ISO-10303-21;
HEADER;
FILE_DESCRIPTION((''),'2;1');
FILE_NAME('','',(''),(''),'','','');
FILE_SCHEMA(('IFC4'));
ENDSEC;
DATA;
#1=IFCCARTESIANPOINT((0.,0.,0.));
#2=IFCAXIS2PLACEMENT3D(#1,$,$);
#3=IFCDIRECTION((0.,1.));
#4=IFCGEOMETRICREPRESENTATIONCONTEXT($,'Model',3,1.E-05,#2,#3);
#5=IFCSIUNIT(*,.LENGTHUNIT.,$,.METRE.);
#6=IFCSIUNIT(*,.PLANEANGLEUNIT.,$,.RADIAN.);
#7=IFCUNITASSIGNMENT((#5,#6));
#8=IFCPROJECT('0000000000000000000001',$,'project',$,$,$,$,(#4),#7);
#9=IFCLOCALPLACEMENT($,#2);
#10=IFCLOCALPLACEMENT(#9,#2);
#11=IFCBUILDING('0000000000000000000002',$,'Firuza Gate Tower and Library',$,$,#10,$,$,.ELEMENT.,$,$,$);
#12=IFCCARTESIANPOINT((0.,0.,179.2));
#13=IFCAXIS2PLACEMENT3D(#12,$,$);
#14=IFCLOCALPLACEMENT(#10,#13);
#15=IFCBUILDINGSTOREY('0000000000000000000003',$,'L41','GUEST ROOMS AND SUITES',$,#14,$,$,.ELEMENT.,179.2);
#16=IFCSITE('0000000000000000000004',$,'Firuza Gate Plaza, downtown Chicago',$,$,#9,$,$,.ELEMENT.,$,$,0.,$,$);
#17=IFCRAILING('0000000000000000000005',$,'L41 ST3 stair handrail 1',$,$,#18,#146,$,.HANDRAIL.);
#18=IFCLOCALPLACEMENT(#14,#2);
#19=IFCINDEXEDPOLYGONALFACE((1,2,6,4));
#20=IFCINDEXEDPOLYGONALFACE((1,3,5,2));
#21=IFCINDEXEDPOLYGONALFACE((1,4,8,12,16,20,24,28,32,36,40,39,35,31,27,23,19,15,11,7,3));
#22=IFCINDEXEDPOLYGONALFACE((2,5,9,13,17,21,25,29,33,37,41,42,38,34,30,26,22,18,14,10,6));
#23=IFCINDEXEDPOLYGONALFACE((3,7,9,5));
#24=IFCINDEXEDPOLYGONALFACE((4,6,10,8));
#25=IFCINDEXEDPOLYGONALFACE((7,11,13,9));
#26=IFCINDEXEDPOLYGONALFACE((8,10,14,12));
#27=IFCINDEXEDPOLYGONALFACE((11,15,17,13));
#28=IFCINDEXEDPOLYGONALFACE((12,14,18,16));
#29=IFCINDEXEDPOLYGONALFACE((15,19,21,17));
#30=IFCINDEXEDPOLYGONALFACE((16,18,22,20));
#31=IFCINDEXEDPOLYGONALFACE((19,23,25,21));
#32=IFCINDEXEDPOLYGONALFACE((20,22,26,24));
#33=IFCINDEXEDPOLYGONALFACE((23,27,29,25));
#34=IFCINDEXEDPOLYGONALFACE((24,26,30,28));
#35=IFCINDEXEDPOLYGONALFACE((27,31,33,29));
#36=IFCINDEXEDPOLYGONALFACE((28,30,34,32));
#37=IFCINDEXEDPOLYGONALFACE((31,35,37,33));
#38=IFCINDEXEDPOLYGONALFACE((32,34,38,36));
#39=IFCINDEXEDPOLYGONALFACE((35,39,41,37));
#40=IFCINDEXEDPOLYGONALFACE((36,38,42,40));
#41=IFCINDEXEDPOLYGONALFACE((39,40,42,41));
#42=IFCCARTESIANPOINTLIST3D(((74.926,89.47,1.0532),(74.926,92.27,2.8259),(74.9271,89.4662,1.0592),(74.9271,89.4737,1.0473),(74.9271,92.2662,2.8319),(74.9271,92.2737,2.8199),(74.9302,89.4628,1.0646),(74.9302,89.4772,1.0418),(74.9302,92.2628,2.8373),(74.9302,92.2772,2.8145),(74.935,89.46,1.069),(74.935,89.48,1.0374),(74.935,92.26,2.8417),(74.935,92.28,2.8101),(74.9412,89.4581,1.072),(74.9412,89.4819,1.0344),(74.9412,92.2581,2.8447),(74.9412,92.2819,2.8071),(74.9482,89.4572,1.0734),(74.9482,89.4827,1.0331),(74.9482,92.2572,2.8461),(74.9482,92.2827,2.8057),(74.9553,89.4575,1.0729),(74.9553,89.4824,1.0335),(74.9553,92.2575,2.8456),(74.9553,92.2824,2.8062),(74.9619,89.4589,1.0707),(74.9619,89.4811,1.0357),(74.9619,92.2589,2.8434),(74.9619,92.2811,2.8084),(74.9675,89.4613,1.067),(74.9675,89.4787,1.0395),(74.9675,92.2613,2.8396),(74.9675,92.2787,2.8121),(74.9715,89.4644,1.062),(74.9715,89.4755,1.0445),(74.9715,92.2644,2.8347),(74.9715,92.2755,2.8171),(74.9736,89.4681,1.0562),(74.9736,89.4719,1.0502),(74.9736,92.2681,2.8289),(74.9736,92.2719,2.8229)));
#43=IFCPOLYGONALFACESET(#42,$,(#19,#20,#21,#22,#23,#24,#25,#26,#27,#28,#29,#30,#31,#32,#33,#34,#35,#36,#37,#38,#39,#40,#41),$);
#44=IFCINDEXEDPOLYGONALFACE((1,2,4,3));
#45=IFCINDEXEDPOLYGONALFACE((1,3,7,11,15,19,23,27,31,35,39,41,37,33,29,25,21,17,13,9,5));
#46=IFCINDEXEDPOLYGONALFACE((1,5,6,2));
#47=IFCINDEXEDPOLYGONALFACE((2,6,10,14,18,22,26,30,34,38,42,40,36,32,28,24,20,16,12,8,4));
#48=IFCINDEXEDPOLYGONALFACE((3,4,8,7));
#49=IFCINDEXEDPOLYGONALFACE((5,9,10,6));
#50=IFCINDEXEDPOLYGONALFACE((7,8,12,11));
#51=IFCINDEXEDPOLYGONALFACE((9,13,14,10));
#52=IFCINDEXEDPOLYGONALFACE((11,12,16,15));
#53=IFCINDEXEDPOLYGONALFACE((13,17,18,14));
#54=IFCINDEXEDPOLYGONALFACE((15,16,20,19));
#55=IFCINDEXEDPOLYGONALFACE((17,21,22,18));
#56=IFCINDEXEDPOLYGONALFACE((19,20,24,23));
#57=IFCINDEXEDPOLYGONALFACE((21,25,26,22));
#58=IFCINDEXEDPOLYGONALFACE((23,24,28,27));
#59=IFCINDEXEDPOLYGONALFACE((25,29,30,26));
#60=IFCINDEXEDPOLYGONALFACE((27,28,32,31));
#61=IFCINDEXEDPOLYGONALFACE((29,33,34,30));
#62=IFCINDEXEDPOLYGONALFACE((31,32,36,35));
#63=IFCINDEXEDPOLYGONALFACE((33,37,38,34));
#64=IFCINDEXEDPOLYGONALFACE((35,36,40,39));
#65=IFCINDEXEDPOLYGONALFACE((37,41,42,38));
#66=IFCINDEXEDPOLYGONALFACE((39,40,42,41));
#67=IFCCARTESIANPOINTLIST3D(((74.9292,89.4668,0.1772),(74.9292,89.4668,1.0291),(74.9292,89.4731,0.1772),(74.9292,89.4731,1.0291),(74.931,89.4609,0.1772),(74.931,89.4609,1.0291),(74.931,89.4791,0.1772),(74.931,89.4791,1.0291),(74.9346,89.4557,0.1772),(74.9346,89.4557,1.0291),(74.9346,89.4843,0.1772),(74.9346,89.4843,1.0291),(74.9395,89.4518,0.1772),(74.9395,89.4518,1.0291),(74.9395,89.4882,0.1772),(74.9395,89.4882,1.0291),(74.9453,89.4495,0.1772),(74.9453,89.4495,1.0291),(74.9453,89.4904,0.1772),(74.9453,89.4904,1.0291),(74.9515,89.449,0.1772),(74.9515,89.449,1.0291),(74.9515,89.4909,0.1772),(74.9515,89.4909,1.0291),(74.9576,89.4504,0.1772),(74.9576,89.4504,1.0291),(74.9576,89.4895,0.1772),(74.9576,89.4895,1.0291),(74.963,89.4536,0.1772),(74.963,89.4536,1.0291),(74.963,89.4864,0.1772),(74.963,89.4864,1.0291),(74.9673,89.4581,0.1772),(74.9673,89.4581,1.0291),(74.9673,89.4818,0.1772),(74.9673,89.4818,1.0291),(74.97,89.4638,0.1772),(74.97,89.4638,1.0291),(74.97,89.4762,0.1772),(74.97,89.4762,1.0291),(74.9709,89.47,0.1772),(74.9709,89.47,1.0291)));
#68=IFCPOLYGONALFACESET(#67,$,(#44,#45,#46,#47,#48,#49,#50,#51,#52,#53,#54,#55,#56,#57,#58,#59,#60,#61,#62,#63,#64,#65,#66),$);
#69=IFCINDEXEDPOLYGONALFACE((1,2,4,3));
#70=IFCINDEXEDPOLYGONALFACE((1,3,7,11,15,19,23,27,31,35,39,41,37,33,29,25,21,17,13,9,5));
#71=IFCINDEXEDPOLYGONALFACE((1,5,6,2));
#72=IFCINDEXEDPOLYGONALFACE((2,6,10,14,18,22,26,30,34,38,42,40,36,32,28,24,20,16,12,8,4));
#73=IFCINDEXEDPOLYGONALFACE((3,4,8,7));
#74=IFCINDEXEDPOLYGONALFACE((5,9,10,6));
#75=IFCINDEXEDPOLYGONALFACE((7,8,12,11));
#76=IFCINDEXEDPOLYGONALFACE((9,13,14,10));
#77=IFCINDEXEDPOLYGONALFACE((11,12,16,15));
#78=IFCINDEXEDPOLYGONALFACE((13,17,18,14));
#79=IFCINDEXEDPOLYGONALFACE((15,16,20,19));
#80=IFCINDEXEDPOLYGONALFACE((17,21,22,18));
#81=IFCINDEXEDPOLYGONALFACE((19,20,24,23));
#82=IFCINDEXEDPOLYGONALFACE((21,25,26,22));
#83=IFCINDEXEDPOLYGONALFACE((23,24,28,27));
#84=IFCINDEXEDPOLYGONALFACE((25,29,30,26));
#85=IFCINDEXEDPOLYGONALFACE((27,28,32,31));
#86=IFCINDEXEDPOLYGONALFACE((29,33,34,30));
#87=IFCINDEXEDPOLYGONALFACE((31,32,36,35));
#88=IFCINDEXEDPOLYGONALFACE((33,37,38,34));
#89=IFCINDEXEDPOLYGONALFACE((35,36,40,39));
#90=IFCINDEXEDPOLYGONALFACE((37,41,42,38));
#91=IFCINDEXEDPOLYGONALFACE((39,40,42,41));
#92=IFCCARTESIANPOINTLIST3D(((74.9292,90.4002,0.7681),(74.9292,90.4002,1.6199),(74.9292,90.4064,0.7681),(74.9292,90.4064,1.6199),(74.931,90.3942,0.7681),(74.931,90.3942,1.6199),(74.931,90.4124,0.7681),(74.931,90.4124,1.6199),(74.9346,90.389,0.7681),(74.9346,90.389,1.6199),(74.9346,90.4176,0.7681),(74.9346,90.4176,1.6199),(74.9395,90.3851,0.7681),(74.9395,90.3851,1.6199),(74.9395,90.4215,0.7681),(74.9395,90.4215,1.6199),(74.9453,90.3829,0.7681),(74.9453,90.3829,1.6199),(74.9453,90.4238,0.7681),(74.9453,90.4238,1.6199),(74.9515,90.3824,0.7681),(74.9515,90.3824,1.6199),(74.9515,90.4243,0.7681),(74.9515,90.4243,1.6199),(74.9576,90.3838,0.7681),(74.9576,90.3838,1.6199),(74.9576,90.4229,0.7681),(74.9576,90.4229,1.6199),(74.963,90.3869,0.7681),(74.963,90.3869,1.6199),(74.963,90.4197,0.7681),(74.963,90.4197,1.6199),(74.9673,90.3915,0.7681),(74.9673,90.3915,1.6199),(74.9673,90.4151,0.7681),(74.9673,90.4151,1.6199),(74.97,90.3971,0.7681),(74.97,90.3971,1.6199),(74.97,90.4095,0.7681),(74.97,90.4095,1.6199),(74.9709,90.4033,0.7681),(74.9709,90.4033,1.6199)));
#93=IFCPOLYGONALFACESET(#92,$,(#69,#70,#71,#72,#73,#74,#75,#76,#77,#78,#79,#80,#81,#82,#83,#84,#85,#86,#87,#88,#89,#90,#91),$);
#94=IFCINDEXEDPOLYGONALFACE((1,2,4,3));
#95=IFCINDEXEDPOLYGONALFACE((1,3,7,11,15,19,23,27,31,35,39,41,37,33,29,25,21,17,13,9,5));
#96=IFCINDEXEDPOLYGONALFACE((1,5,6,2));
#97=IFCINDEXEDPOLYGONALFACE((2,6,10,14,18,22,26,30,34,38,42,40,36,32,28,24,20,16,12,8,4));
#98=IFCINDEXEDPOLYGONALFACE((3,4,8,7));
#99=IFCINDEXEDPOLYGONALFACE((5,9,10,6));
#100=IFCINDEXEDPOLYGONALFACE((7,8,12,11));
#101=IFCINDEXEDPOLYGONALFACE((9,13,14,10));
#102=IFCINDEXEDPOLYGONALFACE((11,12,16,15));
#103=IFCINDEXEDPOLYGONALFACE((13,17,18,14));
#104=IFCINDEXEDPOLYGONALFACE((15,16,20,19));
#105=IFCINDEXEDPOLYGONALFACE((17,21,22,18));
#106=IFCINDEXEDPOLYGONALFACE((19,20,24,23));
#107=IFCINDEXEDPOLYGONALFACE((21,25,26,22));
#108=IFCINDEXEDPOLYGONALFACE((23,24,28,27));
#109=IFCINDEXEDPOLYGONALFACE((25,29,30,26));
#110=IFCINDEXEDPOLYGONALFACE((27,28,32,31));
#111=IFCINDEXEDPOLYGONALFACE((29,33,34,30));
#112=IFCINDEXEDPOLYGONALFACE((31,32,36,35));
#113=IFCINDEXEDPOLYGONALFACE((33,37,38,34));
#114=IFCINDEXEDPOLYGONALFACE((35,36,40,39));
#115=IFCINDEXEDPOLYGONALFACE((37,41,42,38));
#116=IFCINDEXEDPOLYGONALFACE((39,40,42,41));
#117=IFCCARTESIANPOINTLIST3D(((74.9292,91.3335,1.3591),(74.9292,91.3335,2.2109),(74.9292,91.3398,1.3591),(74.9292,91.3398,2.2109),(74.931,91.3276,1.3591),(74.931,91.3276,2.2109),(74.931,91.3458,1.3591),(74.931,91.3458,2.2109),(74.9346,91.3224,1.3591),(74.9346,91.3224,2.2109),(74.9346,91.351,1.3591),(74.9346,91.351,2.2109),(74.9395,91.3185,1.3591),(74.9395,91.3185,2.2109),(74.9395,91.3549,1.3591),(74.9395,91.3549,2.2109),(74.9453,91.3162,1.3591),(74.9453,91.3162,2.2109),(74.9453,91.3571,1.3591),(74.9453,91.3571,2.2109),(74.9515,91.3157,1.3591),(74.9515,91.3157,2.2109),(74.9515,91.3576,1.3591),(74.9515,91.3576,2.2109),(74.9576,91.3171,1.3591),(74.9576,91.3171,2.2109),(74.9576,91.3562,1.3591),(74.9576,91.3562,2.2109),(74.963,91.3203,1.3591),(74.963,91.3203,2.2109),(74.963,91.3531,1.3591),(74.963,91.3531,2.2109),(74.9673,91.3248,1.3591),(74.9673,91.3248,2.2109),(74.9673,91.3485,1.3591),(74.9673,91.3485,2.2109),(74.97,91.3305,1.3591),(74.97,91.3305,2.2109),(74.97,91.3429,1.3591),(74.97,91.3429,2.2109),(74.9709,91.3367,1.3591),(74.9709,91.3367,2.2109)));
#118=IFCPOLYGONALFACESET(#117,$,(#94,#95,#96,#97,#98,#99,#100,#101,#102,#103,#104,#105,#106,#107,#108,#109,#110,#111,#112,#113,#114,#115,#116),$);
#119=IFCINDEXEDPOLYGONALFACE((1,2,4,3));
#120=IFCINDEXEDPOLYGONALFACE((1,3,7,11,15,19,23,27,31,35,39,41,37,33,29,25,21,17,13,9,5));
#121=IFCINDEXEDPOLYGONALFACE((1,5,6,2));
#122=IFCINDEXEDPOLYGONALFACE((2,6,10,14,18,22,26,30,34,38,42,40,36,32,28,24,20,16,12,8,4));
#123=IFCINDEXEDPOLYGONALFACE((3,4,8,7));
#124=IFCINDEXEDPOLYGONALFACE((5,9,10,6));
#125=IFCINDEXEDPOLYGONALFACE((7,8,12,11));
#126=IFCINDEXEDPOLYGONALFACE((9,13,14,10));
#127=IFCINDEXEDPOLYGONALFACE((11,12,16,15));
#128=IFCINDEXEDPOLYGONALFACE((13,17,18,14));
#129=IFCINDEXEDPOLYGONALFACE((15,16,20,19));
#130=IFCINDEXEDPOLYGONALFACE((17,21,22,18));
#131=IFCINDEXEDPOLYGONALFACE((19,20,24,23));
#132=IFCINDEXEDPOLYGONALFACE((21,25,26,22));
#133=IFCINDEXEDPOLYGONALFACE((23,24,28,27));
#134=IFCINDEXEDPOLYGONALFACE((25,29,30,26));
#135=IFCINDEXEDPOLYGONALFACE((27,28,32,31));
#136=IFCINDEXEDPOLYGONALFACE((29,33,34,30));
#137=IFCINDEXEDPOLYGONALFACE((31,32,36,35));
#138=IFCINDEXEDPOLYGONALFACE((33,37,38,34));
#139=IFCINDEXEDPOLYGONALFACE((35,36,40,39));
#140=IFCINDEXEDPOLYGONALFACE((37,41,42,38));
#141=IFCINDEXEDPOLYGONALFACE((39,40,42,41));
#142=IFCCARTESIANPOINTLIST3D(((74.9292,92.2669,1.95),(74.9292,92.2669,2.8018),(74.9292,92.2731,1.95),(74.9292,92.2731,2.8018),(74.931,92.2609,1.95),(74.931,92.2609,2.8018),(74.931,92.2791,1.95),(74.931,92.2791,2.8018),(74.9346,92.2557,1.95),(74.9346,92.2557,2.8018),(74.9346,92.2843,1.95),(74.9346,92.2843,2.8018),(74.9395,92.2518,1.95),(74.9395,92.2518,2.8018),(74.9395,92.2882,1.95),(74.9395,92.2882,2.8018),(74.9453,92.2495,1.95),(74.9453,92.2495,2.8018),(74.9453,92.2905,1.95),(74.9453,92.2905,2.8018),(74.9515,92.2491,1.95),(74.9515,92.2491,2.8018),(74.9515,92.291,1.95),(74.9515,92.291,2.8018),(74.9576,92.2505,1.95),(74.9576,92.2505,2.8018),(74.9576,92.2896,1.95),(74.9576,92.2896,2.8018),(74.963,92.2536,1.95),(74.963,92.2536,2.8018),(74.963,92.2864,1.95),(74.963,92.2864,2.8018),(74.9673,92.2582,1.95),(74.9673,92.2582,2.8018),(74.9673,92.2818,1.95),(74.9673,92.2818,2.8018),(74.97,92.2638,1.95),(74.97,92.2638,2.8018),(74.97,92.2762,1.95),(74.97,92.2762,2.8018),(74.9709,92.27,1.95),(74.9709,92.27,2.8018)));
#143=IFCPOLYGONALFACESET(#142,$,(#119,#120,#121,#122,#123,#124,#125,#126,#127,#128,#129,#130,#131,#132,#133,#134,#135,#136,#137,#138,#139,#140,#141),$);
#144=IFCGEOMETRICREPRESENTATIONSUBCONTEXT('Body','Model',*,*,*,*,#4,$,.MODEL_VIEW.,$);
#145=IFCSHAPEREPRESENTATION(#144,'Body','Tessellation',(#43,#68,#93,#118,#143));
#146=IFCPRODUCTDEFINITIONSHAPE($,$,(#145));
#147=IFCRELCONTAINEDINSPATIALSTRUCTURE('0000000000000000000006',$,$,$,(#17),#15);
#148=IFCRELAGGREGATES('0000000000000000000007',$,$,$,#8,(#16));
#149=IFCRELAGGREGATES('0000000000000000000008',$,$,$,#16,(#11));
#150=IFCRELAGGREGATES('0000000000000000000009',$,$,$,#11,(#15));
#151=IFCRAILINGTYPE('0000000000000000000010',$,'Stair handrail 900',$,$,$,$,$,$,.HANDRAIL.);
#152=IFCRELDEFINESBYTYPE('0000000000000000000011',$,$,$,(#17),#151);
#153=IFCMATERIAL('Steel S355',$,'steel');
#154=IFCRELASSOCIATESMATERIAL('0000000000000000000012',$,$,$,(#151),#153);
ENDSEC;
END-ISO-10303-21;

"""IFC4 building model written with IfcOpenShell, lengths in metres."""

from ifc_helpers import new_model, si_unit, direction, frame, origin, origin_2d, place, context, subcontext, project, spatial, circle, extrude, material, type_object, element, save


model = new_model("IFC4")

# Units and contexts
model_context = context("Model", 3, precision=1e-05, world=origin(), true_north=direction((0.0, 1.0)))
body_context = subcontext(model_context, "Body", "Model", "MODEL_VIEW")
ifc_project = project(units=[si_unit("LENGTHUNIT", "METRE"), si_unit("PLANEANGLEUNIT", "RADIAN")], contexts=[model_context])

# Site, building, storey
site_placement = place(None, origin())
site = spatial("IfcSite", under=ifc_project, at=site_placement, Name="Firuza Gate Plaza, downtown Chicago", CompositionType="ELEMENT", RefElevation=0.0)
building_placement = place(site_placement, origin())
building = spatial("IfcBuilding", under=site, at=building_placement, Name="Firuza Gate Tower and Library", CompositionType="ELEMENT")
storey_placement = place(building_placement, frame((0.0, 0.0, 179.2)))
storey = spatial("IfcBuildingStorey", under=building, at=storey_placement, Name="L41", Description="GUEST ROOMS AND SUITES", CompositionType="ELEMENT", Elevation=179.2)

# Railing
ifc_material_1 = material(Name="Steel S355", Category="steel")
railing_type_1 = type_object("IfcRailingType", Name="Stair handrail 900", PredefinedType="HANDRAIL", material=ifc_material_1)
railing_1_placement = place(storey_placement, frame((74.95, 89.47, 0.1772)))
element("IfcRailing", 1, at=railing_1_placement, inside=storey, type_object=railing_type_1, Name="L41 ST3 stair handrail 1", PredefinedType="HANDRAIL", context=body_context, shape_type="SweptSolid", body=[
    extrude(circle(Radius=0.0239, at=origin_2d()), frame((0.0, 0.0, 0.876), z_axis=(0.0, 0.844909, 0.53491), x_axis=(-1.0, 0.0, 0.0)), (0.0, 0.0, 1.0), 3.314),
    extrude(circle(Radius=0.021, at=origin_2d()), origin(), (0.0, 0.0, 1.0), 0.8518),
    extrude(circle(Radius=0.021, at=origin_2d()), frame((0.0, 0.9333, 0.5908)), (0.0, 0.0, 1.0), 0.8518),
    extrude(circle(Radius=0.021, at=origin_2d()), frame((0.0, 1.8667, 1.1819)), (0.0, 0.0, 1.0), 0.8518),
    extrude(circle(Radius=0.021, at=origin_2d()), frame((0.0, 2.8, 1.7727)), (0.0, 0.0, 1.0), 0.8518),
])

save(model, "model.ifc")
